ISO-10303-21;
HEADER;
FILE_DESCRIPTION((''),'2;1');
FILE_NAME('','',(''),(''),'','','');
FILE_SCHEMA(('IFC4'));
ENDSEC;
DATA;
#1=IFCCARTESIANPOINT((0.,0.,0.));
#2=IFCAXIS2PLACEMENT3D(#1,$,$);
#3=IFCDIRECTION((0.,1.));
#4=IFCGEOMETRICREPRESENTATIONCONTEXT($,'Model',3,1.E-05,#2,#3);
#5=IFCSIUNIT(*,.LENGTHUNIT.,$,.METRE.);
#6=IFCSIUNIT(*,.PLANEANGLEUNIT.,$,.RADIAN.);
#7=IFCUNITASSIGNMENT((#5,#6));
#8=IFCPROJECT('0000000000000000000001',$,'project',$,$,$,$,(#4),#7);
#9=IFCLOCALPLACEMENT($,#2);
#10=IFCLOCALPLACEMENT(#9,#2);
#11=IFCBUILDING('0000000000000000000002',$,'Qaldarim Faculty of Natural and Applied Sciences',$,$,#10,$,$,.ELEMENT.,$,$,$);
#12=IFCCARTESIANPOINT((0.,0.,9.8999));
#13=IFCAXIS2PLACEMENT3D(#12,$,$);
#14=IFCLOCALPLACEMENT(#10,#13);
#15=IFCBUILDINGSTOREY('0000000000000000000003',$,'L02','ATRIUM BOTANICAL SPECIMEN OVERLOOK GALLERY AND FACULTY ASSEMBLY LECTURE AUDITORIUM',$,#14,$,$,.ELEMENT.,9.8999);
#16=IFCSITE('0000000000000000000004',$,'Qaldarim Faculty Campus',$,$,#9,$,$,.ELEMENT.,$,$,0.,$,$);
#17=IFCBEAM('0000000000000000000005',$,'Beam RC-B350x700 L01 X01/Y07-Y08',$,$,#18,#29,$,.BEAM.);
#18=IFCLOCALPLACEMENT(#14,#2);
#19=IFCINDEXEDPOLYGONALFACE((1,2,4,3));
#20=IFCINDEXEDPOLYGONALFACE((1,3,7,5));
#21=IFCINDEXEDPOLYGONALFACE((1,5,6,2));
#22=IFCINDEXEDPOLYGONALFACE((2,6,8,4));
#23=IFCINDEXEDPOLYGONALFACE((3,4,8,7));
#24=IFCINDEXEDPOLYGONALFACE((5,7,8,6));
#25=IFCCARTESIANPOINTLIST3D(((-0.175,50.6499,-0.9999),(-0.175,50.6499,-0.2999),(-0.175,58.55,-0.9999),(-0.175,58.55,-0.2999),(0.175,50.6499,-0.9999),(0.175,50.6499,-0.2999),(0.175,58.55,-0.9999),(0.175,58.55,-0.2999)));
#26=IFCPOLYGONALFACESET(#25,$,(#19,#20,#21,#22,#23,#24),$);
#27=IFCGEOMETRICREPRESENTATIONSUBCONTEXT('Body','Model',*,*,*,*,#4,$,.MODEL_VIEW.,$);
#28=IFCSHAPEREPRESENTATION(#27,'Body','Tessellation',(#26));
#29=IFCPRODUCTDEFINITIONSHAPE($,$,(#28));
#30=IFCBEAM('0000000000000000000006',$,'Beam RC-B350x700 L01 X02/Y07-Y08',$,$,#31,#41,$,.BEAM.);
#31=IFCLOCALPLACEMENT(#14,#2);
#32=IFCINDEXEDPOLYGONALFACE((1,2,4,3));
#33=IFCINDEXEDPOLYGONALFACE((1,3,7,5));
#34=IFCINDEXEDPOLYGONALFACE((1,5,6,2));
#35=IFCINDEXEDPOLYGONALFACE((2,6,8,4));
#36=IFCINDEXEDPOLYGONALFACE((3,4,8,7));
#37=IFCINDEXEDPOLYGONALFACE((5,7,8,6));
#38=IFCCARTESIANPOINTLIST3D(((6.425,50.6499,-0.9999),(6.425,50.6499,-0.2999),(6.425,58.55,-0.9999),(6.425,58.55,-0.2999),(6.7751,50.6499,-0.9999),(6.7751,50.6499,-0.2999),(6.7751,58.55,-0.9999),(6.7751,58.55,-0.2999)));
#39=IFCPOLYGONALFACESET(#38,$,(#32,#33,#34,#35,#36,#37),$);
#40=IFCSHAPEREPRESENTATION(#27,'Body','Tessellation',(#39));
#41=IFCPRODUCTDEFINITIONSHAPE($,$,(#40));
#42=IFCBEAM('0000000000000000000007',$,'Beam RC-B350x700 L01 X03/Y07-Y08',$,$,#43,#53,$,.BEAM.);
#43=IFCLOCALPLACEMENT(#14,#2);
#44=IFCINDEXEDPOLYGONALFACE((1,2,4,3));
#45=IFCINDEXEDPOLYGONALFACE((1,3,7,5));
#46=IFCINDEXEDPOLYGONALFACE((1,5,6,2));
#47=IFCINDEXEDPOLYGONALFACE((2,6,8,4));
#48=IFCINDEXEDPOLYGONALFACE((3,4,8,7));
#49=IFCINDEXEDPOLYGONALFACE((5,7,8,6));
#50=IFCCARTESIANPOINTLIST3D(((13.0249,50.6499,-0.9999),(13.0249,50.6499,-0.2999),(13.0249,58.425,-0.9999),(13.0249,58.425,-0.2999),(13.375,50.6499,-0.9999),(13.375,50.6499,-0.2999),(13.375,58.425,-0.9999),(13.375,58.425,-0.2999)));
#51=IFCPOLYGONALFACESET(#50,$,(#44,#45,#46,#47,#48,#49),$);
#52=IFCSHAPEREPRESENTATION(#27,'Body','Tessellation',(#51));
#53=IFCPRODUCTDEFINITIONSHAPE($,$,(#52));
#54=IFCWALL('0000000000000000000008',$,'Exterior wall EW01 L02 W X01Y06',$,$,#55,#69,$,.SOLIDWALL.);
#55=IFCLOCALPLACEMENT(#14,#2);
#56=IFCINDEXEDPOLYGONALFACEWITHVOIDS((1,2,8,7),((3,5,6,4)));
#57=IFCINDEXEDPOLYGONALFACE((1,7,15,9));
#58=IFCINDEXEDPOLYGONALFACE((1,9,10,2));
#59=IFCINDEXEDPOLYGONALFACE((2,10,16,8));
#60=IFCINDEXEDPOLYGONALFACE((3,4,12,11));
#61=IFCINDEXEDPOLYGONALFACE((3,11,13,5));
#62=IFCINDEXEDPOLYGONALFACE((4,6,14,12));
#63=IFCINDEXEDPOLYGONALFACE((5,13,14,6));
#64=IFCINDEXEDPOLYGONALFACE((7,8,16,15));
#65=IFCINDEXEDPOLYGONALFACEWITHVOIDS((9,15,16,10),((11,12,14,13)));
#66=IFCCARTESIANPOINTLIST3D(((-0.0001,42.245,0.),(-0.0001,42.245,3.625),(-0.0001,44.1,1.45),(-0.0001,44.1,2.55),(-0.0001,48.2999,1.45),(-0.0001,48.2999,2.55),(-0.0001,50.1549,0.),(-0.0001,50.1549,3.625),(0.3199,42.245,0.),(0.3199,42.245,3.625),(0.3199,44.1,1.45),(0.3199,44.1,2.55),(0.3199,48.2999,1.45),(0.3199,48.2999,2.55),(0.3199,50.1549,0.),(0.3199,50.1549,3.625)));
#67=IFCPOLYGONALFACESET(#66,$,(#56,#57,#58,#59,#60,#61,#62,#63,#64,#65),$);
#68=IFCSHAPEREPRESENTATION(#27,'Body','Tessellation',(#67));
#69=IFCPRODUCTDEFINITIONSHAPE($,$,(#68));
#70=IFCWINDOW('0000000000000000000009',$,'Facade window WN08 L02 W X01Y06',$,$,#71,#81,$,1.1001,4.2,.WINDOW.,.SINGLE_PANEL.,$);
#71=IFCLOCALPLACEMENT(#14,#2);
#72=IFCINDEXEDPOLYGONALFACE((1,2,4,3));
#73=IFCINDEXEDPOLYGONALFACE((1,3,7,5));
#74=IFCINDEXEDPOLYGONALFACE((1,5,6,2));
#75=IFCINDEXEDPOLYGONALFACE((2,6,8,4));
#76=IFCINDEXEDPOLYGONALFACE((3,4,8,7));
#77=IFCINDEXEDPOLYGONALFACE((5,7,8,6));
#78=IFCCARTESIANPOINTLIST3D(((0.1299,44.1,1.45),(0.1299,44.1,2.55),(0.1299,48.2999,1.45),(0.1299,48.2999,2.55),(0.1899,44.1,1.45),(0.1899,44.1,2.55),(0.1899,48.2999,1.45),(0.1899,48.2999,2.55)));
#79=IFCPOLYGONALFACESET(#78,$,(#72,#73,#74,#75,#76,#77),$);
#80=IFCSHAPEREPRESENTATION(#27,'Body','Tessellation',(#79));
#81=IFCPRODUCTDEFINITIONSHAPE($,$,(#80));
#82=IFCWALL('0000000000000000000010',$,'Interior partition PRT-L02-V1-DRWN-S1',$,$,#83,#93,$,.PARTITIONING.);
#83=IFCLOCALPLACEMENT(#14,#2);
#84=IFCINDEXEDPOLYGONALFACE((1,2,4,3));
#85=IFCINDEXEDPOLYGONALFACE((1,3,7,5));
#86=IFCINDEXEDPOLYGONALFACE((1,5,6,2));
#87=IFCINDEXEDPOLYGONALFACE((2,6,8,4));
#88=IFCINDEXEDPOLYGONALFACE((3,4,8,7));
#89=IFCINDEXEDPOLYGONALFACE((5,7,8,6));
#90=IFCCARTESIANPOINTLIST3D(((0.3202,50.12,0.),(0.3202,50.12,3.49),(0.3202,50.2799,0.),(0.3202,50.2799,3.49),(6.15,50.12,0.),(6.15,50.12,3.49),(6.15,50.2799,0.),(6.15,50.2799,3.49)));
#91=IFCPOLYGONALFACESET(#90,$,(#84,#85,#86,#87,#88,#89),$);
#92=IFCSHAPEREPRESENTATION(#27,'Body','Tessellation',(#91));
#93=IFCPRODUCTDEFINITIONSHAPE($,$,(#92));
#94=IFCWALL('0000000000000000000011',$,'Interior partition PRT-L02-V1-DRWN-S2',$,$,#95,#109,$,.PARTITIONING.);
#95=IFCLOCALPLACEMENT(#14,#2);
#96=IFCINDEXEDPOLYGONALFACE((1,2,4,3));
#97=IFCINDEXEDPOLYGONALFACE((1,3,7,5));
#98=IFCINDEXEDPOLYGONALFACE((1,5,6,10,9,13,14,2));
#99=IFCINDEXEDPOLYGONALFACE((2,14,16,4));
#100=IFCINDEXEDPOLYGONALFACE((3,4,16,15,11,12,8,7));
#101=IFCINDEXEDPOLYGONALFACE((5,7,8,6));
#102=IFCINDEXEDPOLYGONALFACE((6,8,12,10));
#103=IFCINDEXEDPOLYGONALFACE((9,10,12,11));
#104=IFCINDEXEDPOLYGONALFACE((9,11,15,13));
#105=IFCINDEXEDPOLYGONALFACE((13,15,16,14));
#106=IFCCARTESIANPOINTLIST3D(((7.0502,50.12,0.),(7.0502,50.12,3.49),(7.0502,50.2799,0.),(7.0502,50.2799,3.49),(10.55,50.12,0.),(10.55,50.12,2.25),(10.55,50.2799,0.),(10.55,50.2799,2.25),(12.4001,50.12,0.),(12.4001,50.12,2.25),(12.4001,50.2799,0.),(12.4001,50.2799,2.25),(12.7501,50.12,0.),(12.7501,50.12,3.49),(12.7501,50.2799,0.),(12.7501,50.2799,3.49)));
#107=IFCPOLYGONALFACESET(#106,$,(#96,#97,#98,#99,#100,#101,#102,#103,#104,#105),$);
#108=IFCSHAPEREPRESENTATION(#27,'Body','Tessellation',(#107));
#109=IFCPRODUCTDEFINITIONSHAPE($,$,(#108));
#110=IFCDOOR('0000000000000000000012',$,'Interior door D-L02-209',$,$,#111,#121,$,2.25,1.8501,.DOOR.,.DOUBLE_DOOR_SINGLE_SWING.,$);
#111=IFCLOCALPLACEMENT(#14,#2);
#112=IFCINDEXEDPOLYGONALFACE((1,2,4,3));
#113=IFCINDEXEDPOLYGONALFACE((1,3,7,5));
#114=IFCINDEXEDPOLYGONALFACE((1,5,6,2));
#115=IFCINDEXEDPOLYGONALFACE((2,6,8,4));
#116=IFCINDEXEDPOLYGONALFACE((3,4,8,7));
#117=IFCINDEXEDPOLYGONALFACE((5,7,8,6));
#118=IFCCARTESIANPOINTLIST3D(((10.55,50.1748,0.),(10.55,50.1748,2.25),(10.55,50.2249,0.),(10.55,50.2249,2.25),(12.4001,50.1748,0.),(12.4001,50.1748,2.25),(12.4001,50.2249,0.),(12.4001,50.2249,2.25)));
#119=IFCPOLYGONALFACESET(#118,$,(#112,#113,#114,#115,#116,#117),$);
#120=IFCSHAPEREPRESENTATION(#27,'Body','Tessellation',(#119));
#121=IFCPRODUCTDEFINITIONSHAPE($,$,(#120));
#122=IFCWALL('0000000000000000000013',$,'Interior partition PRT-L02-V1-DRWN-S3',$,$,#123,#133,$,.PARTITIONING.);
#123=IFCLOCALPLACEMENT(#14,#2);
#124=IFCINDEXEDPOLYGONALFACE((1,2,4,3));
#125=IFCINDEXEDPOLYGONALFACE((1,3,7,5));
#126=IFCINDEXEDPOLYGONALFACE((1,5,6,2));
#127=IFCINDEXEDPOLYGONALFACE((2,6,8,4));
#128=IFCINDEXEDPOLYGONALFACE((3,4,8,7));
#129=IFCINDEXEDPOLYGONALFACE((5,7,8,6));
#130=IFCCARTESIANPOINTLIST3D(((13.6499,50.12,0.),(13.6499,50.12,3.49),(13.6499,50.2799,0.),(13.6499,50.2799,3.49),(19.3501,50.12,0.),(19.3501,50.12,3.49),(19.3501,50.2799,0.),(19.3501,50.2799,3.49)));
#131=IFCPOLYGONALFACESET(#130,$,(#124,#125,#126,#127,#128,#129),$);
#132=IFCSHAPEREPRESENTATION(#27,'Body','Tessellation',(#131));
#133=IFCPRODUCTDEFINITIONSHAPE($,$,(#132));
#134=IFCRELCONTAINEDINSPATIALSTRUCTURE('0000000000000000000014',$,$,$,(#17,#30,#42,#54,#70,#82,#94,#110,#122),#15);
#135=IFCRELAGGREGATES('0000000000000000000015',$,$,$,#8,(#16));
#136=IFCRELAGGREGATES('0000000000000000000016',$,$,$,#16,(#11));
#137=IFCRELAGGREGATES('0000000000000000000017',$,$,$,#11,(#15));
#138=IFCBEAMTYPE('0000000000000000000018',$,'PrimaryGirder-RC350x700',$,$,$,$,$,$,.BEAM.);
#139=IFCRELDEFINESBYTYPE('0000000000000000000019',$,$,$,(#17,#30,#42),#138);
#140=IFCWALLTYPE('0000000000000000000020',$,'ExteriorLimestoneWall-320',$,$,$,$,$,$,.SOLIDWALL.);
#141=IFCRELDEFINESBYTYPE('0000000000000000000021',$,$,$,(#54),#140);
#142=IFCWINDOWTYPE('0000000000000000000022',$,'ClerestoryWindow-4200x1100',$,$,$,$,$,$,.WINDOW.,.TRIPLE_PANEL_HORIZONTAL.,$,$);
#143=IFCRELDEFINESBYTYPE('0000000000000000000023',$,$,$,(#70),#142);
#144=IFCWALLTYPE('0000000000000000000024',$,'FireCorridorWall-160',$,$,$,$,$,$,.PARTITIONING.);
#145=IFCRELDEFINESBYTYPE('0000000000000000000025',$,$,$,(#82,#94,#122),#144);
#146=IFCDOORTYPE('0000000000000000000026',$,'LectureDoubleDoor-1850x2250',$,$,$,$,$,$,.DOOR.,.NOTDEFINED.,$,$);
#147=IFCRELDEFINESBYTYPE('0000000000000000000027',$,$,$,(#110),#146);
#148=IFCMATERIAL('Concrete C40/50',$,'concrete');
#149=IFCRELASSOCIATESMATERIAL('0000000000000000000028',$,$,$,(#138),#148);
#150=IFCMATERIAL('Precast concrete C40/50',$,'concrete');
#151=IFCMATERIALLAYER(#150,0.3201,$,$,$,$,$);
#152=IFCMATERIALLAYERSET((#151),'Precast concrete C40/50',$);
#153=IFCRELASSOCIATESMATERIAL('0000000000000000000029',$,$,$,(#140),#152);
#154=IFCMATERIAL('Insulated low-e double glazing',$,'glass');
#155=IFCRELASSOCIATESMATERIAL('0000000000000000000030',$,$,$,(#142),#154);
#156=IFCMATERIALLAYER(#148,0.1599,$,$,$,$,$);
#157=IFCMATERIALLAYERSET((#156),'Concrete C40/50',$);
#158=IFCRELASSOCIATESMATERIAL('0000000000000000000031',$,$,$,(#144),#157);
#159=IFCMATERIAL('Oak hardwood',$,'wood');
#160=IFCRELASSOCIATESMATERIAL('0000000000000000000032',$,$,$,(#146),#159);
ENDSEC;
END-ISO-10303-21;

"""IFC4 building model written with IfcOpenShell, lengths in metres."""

from ifc_helpers import new_model, si_unit, direction, frame, frame_2d, origin, origin_2d, place, context, subcontext, project, spatial, rectangle, extrude, material, layer, layer_set, material_profile, profile_set, type_object, element, fill, save


model = new_model("IFC4")

# Units and contexts
model_context = context("Model", 3, precision=1e-05, world=origin(), true_north=direction((0.0, 1.0)))
body_context = subcontext(model_context, "Body", "Model", "MODEL_VIEW")
ifc_project = project(units=[si_unit("LENGTHUNIT", "METRE"), si_unit("PLANEANGLEUNIT", "RADIAN")], contexts=[model_context])

# Site, building, storey
site_placement = place(None, origin())
site = spatial("IfcSite", under=ifc_project, at=site_placement, Name="Qaldarim Faculty Campus", CompositionType="ELEMENT", RefElevation=0.0)
building_placement = place(site_placement, origin())
building = spatial("IfcBuilding", under=site, at=building_placement, Name="Qaldarim Faculty of Natural and Applied Sciences", CompositionType="ELEMENT")
storey_placement = place(building_placement, frame((0.0, 0.0, 9.8999)))
storey = spatial("IfcBuildingStorey", under=building, at=storey_placement, Name="L02", Description="ATRIUM BOTANICAL SPECIMEN OVERLOOK GALLERY AND FACULTY ASSEMBLY LECTURE AUDITORIUM", CompositionType="ELEMENT", Elevation=9.8999)

# Shared definitions
ifc_material_1 = material(Name="Concrete C40/50", Category="concrete")

# Beams
ifc_material_profile_1 = material_profile(ifc_material_1, rectangle(XDim=0.3501, YDim=0.7, at=origin_2d()), Name="RC-B350x700")
ifc_profile_set_1 = profile_set([ifc_material_profile_1], Name="Concrete C40/50")
beam_type_1 = type_object("IfcBeamType", Name="PrimaryGirder-RC350x700", PredefinedType="BEAM", material=ifc_profile_set_1)
for number, where, z_axis, x_axis, name in (
    (1, (0.0, 50.6499, -0.6499), (0.0, 1.0, 0.0), (-1.0, 0.0, 0.0), "Beam RC-B350x700 L01 X01/Y07-Y08"),
    (2, (6.6001, 50.6499, -0.6499), (0.0, 1.0, 0.0), (-1.0, 0.0, 0.0), "Beam RC-B350x700 L01 X02/Y07-Y08"),
):
    element("IfcBeam", number, at=place(storey_placement, frame(where, z_axis=z_axis, x_axis=x_axis)), inside=storey, type_object=beam_type_1, Name=name, PredefinedType="BEAM", context=body_context, shape_type="SweptSolid", body=[
        extrude(rectangle(XDim=0.3501, YDim=0.7, at=origin_2d()), origin(), (0.0, 0.0, 1.0), 7.9001),
    ])
beam_1_placement = place(storey_placement, frame((13.2, 50.6499, -0.6499), z_axis=(0.0, 1.0, 0.0), x_axis=(-1.0, 0.0, 0.0)))
element("IfcBeam", 3, at=beam_1_placement, inside=storey, type_object=beam_type_1, Name="Beam RC-B350x700 L01 X03/Y07-Y08", PredefinedType="BEAM", context=body_context, shape_type="SweptSolid", body=[
    extrude(rectangle(XDim=0.3501, YDim=0.7, at=origin_2d()), origin(), (0.0, 0.0, 1.0), 7.7751),
])

# Wall, opening, window
ifc_material_2 = material(Name="Precast concrete C40/50", Category="concrete")
ifc_layer_1 = layer(ifc_material_2, 0.3201)
ifc_layer_set_1 = layer_set([ifc_layer_1], Name="Precast concrete C40/50")
wall_type_1 = type_object("IfcWallType", Name="ExteriorLimestoneWall-320", PredefinedType="SOLIDWALL", material=ifc_layer_set_1)
wall_1_placement = place(storey_placement, frame((0.1599, 50.155, 0.0), z_axis=(0.0, 0.0, 1.0), x_axis=(0.0, -1.0, 0.0)))
wall_1 = element("IfcWall", 4, at=wall_1_placement, inside=storey, type_object=wall_type_1, Name="Exterior wall EW01 L02 W X01Y06", PredefinedType="SOLIDWALL", context=body_context, shape_type="SweptSolid", body=[
    extrude(rectangle(XDim=7.9099, YDim=0.3201, at=frame_2d((3.9551, 0.0))), origin(), (0.0, 0.0, 1.0), 3.625),
])
opening_1_placement = place(wall_1_placement, frame((1.855, 0.0, 1.45)))
opening_1 = element("IfcOpeningElement", 5, at=opening_1_placement, cuts=wall_1, PredefinedType="OPENING", context=body_context, shape_type="SweptSolid", body=[
    extrude(rectangle(XDim=4.2, YDim=1.1001, at=frame_2d((2.1001, 0.55))), frame((0.0, 0.1699, 0.0), z_axis=(0.0, -1.0, 0.0), x_axis=(1.0, 0.0, 0.0)), (0.0, 0.0, 1.0), 0.3401),
])
ifc_material_3 = material(Name="Insulated low-e double glazing", Category="glass")
window_type = type_object("IfcWindowType", Name="ClerestoryWindow-4200x1100", PartitioningType="TRIPLE_PANEL_HORIZONTAL", PredefinedType="WINDOW", material=ifc_material_3)
window_placement = place(opening_1_placement, origin())
window = element("IfcWindow", 6, at=window_placement, inside=storey, type_object=window_type, Name="Facade window WN08 L02 W X01Y06", OverallHeight=1.1001, OverallWidth=4.2, PartitioningType="SINGLE_PANEL", PredefinedType="WINDOW", context=body_context, shape_type="SweptSolid", body=[
    extrude(rectangle(XDim=4.2, YDim=1.1001, at=frame_2d((2.1001, 0.55))), frame((0.0, 0.03, 0.0), z_axis=(0.0, -1.0, 0.0), x_axis=(1.0, 0.0, 0.0)), (0.0, 0.0, 1.0), 0.0601),
])
fill(opening_1, window)

# Wall
ifc_layer_2 = layer(ifc_material_1, 0.1599)
ifc_layer_set_2 = layer_set([ifc_layer_2], Name="Concrete C40/50")
wall_type_2 = type_object("IfcWallType", Name="FireCorridorWall-160", PredefinedType="PARTITIONING", material=ifc_layer_set_2)
wall_2_placement = place(storey_placement, frame((0.3201, 50.2, 0.0), z_axis=(0.0, 0.0, 1.0), x_axis=(1.0, 0.0, 0.0)))
element("IfcWall", 7, at=wall_2_placement, inside=storey, type_object=wall_type_2, Name="Interior partition PRT-L02-V1-DRWN-S1", PredefinedType="PARTITIONING", context=body_context, shape_type="SweptSolid", body=[
    extrude(rectangle(XDim=5.8298, YDim=0.1599, at=frame_2d((2.915, 0.0))), origin(), (0.0, 0.0, 1.0), 3.49),
])

# Wall, opening, door
wall_3_placement = place(storey_placement, frame((7.05, 50.2, 0.0), z_axis=(0.0, 0.0, 1.0), x_axis=(1.0, 0.0, 0.0)))
wall_3 = element("IfcWall", 8, at=wall_3_placement, inside=storey, type_object=wall_type_2, Name="Interior partition PRT-L02-V1-DRWN-S2", PredefinedType="PARTITIONING", context=body_context, shape_type="SweptSolid", body=[
    extrude(rectangle(XDim=5.7, YDim=0.1599, at=frame_2d((2.8501, 0.0))), origin(), (0.0, 0.0, 1.0), 3.49),
])
opening_2_placement = place(wall_3_placement, frame((3.5, 0.0, 0.0)))
opening_2 = element("IfcOpeningElement", 9, at=opening_2_placement, cuts=wall_3, PredefinedType="OPENING", context=body_context, shape_type="SweptSolid", body=[
    extrude(rectangle(XDim=1.8501, YDim=2.25, at=frame_2d((0.925, 1.125))), frame((0.0, 0.0898, 0.0), z_axis=(0.0, -1.0, 0.0), x_axis=(1.0, 0.0, 0.0)), (0.0, 0.0, 1.0), 0.1799),
])
ifc_material_4 = material(Name="Oak hardwood", Category="wood")
door_type = type_object("IfcDoorType", Name="LectureDoubleDoor-1850x2250", OperationType="NOTDEFINED", PredefinedType="DOOR", material=ifc_material_4)
door_placement = place(opening_2_placement, origin())
door = element("IfcDoor", 10, at=door_placement, inside=storey, type_object=door_type, Name="Interior door D-L02-209", OperationType="DOUBLE_DOOR_SINGLE_SWING", OverallHeight=2.25, OverallWidth=1.8501, PredefinedType="DOOR", context=body_context, shape_type="SweptSolid", body=[
    extrude(rectangle(XDim=1.8501, YDim=2.25, at=frame_2d((0.925, 1.125))), frame((0.0, 0.0249, 0.0), z_axis=(0.0, -1.0, 0.0), x_axis=(1.0, 0.0, 0.0)), (0.0, 0.0, 1.0), 0.05),
])
fill(opening_2, door)

# Wall
wall_4_placement = place(storey_placement, frame((13.6499, 50.2, 0.0), z_axis=(0.0, 0.0, 1.0), x_axis=(1.0, 0.0, 0.0)))
element("IfcWall", 11, at=wall_4_placement, inside=storey, type_object=wall_type_2, Name="Interior partition PRT-L02-V1-DRWN-S3", PredefinedType="PARTITIONING", context=body_context, shape_type="SweptSolid", body=[
    extrude(rectangle(XDim=5.7002, YDim=0.1599, at=frame_2d((2.8501, 0.0))), origin(), (0.0, 0.0, 1.0), 3.49),
])

save(model, "model.ifc")
